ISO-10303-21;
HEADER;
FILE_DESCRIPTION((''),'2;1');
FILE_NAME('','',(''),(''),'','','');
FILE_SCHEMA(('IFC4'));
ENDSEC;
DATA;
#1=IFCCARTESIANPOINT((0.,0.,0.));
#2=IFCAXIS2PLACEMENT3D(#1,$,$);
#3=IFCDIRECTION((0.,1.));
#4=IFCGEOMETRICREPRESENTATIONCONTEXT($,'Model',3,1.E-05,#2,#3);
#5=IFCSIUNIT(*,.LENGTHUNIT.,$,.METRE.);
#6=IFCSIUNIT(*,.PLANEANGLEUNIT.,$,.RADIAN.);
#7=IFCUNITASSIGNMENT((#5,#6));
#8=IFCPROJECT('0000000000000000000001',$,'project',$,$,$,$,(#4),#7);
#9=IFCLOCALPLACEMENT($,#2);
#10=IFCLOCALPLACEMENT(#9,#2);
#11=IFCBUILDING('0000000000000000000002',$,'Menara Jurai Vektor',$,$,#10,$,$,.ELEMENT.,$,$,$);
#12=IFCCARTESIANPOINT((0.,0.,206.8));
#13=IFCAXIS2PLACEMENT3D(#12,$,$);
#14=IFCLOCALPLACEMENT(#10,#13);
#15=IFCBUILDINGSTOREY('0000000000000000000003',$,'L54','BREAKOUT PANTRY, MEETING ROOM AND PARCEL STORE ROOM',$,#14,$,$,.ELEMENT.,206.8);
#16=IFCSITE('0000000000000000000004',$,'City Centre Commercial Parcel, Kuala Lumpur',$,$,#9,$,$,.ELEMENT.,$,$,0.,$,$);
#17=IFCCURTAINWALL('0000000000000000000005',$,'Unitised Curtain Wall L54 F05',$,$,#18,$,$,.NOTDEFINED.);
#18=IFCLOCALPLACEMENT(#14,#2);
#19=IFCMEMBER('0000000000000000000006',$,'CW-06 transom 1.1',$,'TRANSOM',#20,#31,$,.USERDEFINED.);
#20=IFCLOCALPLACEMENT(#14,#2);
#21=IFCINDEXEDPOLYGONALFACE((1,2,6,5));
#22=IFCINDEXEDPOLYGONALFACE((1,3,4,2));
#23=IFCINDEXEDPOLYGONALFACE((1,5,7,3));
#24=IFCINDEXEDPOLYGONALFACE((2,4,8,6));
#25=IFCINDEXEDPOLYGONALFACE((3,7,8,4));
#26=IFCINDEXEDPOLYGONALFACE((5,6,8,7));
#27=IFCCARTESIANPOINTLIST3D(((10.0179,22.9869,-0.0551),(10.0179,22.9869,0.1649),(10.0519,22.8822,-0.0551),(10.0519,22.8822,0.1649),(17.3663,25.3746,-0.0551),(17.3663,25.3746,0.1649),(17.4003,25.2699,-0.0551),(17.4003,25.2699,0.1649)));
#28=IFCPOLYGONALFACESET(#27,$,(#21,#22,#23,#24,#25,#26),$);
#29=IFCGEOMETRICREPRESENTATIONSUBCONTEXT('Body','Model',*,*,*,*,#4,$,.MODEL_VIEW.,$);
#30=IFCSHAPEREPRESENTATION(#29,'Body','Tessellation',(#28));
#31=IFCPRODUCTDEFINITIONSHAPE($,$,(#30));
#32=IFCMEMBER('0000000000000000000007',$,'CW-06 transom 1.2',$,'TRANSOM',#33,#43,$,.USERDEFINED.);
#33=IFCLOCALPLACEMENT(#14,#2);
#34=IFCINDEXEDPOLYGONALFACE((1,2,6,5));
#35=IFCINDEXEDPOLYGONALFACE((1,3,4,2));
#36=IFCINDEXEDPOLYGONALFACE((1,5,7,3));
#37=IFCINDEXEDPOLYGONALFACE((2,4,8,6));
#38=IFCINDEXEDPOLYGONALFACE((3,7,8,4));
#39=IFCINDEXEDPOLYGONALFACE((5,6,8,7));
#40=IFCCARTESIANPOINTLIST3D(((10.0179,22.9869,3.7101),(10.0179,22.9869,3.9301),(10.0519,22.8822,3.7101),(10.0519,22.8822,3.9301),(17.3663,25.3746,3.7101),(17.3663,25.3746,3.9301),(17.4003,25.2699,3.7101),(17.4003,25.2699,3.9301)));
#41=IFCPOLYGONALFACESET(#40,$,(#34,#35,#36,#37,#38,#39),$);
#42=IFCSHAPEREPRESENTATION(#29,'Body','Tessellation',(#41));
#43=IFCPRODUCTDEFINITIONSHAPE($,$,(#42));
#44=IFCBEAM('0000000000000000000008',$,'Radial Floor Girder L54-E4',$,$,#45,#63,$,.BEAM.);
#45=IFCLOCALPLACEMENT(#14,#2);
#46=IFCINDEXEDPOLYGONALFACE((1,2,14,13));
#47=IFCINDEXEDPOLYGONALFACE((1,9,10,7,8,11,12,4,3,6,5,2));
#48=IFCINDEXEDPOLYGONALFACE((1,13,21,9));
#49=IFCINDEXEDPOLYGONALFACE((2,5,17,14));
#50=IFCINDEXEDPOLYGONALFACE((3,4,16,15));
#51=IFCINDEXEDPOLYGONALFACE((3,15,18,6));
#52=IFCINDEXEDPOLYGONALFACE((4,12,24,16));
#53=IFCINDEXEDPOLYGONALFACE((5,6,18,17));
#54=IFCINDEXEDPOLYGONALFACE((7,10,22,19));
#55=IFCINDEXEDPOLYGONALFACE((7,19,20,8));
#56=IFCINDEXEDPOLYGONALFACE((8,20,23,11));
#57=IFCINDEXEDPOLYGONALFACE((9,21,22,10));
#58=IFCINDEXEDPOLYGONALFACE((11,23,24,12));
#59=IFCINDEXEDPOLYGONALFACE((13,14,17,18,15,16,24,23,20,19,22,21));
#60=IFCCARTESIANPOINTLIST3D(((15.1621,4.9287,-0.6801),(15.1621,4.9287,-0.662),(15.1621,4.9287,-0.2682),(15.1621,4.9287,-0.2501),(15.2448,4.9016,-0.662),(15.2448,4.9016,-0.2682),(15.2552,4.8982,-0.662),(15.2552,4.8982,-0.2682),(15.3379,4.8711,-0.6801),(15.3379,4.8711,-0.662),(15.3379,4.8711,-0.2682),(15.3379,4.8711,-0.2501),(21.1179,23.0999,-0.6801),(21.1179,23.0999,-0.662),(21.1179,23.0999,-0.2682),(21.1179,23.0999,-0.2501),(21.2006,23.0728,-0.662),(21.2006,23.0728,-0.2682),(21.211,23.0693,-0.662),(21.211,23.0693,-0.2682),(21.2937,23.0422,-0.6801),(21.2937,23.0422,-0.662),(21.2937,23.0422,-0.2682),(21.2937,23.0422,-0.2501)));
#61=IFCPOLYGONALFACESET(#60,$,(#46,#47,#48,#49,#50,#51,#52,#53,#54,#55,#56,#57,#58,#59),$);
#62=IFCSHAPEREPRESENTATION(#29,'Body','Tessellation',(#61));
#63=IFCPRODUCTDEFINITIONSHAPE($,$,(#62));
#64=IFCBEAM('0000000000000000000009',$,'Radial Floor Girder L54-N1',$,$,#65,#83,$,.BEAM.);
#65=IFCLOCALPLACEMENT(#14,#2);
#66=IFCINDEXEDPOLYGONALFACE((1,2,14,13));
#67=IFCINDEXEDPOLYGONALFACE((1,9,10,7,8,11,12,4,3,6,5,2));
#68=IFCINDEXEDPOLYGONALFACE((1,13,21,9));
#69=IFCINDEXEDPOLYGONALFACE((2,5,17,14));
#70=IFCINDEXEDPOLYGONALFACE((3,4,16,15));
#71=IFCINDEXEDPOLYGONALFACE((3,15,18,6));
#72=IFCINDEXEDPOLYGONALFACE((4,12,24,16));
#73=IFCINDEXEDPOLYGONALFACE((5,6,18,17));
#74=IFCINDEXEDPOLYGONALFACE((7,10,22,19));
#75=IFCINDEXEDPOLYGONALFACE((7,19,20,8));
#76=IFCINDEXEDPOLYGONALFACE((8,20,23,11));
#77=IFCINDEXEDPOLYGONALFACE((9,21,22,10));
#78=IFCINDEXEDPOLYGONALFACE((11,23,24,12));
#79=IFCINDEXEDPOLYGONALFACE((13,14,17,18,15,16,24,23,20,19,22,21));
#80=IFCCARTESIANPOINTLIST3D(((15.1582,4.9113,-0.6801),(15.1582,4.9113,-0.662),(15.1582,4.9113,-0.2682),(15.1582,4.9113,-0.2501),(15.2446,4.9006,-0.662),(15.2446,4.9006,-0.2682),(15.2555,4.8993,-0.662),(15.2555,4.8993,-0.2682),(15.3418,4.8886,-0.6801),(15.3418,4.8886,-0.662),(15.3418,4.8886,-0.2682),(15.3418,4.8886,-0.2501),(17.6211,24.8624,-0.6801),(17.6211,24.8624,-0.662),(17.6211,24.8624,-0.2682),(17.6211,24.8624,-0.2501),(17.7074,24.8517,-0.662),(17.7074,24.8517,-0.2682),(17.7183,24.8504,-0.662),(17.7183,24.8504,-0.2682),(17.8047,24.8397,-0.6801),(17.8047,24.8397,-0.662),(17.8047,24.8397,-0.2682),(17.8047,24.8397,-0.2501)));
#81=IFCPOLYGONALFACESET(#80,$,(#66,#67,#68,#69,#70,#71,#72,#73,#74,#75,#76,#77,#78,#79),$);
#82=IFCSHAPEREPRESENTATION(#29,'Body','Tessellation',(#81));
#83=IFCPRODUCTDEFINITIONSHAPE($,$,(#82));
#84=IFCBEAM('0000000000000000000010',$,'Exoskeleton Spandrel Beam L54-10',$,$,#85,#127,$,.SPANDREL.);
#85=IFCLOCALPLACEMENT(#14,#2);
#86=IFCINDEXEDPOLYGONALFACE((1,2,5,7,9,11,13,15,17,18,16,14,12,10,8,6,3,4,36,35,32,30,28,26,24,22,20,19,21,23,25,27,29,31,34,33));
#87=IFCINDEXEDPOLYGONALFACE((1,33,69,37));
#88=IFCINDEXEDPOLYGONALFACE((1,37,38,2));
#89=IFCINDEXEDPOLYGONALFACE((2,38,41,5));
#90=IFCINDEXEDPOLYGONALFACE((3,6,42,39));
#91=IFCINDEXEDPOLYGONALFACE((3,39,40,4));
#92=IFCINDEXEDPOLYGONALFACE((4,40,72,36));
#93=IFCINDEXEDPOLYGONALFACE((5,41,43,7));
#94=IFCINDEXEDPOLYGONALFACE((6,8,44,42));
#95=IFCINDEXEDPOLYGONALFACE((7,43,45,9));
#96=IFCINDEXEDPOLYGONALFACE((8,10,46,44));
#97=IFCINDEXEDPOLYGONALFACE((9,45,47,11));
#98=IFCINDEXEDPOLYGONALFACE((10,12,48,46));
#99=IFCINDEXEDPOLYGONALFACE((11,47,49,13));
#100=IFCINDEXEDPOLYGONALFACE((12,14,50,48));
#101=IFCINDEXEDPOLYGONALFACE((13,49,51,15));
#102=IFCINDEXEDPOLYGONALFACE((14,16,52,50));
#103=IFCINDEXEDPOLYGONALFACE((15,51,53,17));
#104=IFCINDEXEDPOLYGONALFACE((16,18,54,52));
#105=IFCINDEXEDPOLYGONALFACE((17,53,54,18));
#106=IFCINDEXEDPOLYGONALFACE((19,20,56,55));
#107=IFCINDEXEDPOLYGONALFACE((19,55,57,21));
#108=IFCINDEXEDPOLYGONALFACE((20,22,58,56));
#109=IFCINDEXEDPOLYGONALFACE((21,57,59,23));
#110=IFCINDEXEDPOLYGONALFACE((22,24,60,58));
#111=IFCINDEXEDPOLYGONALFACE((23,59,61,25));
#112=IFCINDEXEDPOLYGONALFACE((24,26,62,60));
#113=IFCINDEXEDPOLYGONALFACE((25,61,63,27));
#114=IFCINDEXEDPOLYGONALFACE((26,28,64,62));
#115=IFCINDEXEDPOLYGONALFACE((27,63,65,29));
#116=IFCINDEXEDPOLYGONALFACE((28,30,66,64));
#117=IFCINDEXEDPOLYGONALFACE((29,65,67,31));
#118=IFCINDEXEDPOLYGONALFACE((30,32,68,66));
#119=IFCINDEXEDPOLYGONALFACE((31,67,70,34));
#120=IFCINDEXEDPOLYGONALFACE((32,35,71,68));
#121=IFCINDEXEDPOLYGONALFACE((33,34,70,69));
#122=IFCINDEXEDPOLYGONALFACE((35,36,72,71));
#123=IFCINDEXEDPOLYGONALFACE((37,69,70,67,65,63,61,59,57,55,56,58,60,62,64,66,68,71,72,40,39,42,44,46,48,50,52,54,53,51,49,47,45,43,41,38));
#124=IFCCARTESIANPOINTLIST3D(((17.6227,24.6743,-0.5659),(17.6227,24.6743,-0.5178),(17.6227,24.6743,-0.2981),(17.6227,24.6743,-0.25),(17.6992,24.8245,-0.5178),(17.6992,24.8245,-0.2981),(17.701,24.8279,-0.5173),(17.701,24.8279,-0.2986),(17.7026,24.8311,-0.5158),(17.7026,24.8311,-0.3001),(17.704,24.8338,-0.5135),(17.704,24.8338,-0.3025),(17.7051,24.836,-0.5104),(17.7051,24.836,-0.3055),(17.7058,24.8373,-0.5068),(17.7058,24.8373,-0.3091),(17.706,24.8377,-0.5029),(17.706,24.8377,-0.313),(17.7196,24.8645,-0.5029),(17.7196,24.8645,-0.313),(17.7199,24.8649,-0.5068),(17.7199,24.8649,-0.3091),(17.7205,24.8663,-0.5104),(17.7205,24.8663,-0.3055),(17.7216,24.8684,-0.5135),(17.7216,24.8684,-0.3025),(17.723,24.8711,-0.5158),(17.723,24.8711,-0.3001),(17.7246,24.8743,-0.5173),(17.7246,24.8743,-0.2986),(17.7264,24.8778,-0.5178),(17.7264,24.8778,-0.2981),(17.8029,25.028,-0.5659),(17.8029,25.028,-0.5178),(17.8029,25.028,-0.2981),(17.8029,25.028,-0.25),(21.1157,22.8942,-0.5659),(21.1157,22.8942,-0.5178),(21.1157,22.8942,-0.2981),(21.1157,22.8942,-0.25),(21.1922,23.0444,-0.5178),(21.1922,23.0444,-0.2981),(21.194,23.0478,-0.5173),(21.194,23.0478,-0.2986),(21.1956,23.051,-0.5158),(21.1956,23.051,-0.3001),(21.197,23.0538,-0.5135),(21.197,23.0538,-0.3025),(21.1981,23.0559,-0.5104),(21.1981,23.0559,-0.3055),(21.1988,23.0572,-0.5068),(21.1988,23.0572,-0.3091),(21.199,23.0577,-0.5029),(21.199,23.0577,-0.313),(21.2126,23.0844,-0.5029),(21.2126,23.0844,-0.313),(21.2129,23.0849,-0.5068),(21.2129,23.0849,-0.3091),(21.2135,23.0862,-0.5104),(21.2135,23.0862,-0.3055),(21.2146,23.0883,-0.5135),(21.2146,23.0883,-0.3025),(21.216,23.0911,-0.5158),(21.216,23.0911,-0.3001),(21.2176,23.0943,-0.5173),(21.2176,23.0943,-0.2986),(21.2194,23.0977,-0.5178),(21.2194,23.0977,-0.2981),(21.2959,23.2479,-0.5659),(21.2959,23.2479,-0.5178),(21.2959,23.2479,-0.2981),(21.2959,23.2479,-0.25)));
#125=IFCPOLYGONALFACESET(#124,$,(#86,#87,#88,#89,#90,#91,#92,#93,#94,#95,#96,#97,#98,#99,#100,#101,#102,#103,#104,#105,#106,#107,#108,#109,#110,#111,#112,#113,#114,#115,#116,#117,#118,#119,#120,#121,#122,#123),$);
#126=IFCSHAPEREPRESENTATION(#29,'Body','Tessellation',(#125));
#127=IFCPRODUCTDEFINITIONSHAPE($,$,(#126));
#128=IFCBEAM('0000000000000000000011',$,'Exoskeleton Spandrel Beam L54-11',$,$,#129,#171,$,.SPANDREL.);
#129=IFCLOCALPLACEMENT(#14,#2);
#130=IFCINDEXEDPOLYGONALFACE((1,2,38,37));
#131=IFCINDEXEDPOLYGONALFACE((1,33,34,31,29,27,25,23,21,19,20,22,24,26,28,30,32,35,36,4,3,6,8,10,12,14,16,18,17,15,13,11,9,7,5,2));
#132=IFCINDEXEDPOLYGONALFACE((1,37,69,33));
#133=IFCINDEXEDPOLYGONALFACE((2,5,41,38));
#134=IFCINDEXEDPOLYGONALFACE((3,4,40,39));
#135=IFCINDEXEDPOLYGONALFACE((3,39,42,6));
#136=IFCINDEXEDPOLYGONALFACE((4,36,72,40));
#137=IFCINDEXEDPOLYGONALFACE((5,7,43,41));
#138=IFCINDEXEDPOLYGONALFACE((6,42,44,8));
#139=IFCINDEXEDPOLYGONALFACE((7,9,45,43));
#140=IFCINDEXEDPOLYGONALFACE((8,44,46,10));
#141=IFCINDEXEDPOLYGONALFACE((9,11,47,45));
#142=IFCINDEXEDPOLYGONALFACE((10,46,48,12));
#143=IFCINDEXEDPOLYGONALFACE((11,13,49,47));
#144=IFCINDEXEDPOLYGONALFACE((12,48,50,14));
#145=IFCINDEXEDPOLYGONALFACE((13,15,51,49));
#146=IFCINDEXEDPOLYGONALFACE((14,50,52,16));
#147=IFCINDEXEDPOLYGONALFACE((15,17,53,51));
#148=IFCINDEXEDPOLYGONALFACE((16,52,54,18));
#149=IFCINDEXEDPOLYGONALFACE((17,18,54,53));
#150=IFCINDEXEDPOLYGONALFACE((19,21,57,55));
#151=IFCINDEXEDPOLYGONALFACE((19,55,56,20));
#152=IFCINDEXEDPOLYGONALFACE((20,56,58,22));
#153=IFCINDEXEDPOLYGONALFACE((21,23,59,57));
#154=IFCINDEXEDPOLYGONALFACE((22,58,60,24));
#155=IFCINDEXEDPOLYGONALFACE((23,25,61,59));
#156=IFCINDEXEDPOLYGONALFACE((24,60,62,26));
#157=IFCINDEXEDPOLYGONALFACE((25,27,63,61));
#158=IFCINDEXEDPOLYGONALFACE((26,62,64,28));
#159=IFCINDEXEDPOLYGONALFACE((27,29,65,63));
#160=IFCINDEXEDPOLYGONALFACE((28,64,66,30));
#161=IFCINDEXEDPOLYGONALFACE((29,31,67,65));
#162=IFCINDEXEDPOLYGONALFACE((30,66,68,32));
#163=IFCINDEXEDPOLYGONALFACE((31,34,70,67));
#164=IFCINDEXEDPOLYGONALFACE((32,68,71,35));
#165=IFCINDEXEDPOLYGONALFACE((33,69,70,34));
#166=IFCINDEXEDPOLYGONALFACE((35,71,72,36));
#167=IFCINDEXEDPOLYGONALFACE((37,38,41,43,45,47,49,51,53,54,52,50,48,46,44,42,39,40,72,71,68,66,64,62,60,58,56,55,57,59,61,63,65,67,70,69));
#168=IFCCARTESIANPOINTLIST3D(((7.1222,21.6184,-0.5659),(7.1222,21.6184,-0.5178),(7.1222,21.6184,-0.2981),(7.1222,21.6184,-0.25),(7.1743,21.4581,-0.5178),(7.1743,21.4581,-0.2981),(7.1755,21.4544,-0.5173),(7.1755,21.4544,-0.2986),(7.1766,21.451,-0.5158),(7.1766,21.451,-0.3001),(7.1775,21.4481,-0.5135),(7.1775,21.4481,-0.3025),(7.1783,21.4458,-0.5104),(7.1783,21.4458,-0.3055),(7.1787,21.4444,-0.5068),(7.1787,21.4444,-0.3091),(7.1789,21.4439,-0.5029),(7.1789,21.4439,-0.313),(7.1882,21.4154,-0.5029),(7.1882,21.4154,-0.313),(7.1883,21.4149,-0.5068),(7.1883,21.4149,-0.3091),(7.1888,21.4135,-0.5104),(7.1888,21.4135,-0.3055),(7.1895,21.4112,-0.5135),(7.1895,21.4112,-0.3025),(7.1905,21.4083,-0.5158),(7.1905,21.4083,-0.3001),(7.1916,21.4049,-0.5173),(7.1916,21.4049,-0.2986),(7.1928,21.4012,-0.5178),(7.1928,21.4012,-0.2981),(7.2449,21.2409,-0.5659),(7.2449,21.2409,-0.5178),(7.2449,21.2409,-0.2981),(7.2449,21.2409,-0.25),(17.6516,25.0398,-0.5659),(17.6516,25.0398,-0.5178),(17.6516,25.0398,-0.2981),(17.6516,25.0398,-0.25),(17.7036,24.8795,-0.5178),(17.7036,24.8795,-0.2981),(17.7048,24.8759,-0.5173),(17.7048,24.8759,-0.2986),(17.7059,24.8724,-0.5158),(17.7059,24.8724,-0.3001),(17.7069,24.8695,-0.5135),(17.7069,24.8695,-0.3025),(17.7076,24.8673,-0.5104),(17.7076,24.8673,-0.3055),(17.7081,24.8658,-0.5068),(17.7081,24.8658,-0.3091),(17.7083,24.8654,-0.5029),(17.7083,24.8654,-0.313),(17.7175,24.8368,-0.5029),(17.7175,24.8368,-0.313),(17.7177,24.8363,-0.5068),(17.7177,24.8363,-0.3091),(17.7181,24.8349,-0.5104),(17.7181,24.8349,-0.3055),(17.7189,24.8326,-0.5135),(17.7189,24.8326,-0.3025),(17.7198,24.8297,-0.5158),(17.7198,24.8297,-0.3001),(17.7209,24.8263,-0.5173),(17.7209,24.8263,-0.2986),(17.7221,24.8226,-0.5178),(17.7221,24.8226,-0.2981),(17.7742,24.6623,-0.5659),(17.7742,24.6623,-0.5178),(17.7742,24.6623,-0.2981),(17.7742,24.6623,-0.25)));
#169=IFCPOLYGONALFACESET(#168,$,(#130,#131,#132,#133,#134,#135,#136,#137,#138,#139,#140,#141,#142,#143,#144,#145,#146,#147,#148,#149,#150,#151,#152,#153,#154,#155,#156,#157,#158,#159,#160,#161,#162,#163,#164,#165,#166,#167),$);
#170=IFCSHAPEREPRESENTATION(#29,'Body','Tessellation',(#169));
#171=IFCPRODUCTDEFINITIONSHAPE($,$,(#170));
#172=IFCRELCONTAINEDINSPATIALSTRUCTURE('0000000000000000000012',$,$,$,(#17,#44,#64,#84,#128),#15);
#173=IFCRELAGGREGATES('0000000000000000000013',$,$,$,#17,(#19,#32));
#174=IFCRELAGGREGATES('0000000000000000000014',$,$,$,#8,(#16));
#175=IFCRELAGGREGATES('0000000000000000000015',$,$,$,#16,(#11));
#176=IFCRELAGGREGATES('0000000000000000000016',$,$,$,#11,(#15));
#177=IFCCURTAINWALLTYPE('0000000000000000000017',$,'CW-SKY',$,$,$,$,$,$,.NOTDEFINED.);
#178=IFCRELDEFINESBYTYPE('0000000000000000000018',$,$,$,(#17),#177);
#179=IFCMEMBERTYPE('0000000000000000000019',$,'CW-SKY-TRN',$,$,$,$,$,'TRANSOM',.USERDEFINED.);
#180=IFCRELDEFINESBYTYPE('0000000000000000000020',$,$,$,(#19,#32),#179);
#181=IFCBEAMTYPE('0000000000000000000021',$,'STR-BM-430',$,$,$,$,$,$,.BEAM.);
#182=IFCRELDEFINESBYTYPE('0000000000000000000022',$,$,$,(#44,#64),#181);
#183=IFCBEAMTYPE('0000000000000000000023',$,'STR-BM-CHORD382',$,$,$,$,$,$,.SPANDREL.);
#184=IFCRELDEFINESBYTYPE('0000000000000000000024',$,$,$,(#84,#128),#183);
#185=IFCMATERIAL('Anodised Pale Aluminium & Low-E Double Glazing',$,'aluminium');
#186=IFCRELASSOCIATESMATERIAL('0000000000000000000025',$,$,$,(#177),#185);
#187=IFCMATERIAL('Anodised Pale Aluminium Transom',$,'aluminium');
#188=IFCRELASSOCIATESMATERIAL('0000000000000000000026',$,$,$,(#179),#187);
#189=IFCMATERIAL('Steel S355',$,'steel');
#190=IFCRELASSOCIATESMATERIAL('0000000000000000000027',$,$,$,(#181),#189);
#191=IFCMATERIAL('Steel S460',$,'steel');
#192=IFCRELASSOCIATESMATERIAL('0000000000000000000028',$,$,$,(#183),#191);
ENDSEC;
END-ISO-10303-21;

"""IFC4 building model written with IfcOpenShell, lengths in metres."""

from ifc_helpers import new_model, si_unit, direction, frame, origin, origin_2d, place, context, subcontext, project, spatial, rectangle, i_section, extrude, material, material_profile, profile_set, type_object, element, aggregate, save


model = new_model("IFC4")

# Units and contexts
model_context = context("Model", 3, precision=1e-05, world=origin(), true_north=direction((0.0, 1.0)))
body_context = subcontext(model_context, "Body", "Model", "MODEL_VIEW")
ifc_project = project(units=[si_unit("LENGTHUNIT", "METRE"), si_unit("PLANEANGLEUNIT", "RADIAN")], contexts=[model_context])

# Site, building, storey
site_placement = place(None, origin())
site = spatial("IfcSite", under=ifc_project, at=site_placement, Name="City Centre Commercial Parcel, Kuala Lumpur", CompositionType="ELEMENT", RefElevation=0.0)
building_placement = place(site_placement, origin())
building = spatial("IfcBuilding", under=site, at=building_placement, Name="Menara Jurai Vektor", CompositionType="ELEMENT")
storey_placement = place(building_placement, frame((0.0, 0.0, 206.8)))
storey = spatial("IfcBuildingStorey", under=building, at=storey_placement, Name="L54", Description="BREAKOUT PANTRY, MEETING ROOM AND PARCEL STORE ROOM", CompositionType="ELEMENT", Elevation=206.8)

# Shared definitions
ifc_material_1 = material(Name="Steel S460", Category="steel")

# Shared definitions
ifc_material_2 = material(Name="Anodised Pale Aluminium & Low-E Double Glazing", Category="aluminium")
curtain_wall_type = type_object("IfcCurtainWallType", Name="CW-SKY", PredefinedType="NOTDEFINED", material=ifc_material_2)

# Curtain wall
curtain_wall_1_placement = place(storey_placement, origin())
curtain_wall_1 = element("IfcCurtainWall", 1, at=curtain_wall_1_placement, inside=storey, type_object=curtain_wall_type, Name="Unitised Curtain Wall L54 F05", PredefinedType="NOTDEFINED")

# Members
ifc_material_3 = material(Name="Anodised Pale Aluminium Transom", Category="aluminium")
ifc_material_profile_1 = material_profile(ifc_material_3, rectangle(XDim=0.1101, YDim=0.22, at=origin_2d()), Name="ALU TRN 110x220")
ifc_profile_set_1 = profile_set([ifc_material_profile_1], Name="Anodised Pale Aluminium Transom")
member_type_1 = type_object("IfcMemberType", Name="CW-SKY-TRN", ElementType="TRANSOM", PredefinedType="USERDEFINED", material=ifc_profile_set_1)
member_1_placement = place(storey_placement, frame((17.3833, 25.3223, 0.0549), z_axis=(-0.951054, -0.309024, 0.0), x_axis=(0.309024, -0.951054, 0.0)))
member_1 = element("IfcMember", 2, at=member_1_placement, type_object=member_type_1, Name="CW-06 transom 1.1", ObjectType="TRANSOM", PredefinedType="USERDEFINED", context=body_context, shape_type="SweptSolid", body=[
    extrude(rectangle(XDim=0.1101, YDim=0.22, at=origin_2d()), origin(), (0.0, 0.0, 1.0), 7.7266),
])
member_2_placement = place(storey_placement, frame((17.3833, 25.3223, 3.8201), z_axis=(-0.951054, -0.309024, 0.0), x_axis=(0.309024, -0.951054, 0.0)))
member_2 = element("IfcMember", 3, at=member_2_placement, type_object=member_type_1, Name="CW-06 transom 1.2", ObjectType="TRANSOM", PredefinedType="USERDEFINED", context=body_context, shape_type="SweptSolid", body=[
    extrude(rectangle(XDim=0.1101, YDim=0.22, at=origin_2d()), origin(), (0.0, 0.0, 1.0), 7.7266),
])
aggregate(curtain_wall_1, [member_1, member_2])

# Beams
ifc_material_4 = material(Name="Steel S355", Category="steel")
ifc_material_profile_2 = material_profile(ifc_material_4, i_section(OverallWidth=0.1851, OverallDepth=0.4299, WebThickness=0.011, FlangeThickness=0.0181, at=origin_2d()), Name="PG 430x185x76")
ifc_profile_set_2 = profile_set([ifc_material_profile_2], Name="Steel S355")
beam_type_1 = type_object("IfcBeamType", Name="STR-BM-430", PredefinedType="BEAM", material=ifc_profile_set_2)
beam_1_placement = place(storey_placement, frame((21.2058, 23.071, -0.4651), z_axis=(-0.311459, -0.95026, 0.0), x_axis=(0.95026, -0.311459, 0.0)))
element("IfcBeam", 4, at=beam_1_placement, inside=storey, type_object=beam_type_1, Name="Radial Floor Girder L54-E4", PredefinedType="BEAM", context=body_context, shape_type="SweptSolid", body=[
    extrude(i_section(OverallWidth=0.1851, OverallDepth=0.4299, WebThickness=0.011, FlangeThickness=0.0181, at=origin_2d()), origin(), (0.0, 0.0, 1.0), 19.1223),
])
beam_2_placement = place(storey_placement, frame((17.7129, 24.8511, -0.4651), z_axis=(-0.122516, -0.992467, 0.0), x_axis=(0.992467, -0.122516, 0.0)))
element("IfcBeam", 5, at=beam_2_placement, inside=storey, type_object=beam_type_1, Name="Radial Floor Girder L54-N1", PredefinedType="BEAM", context=body_context, shape_type="SweptSolid", body=[
    extrude(i_section(OverallWidth=0.1851, OverallDepth=0.4299, WebThickness=0.011, FlangeThickness=0.0181, at=origin_2d()), origin(), (0.0, 0.0, 1.0), 20.1025),
])
ifc_material_profile_3 = material_profile(ifc_material_1, i_section(OverallWidth=0.397, OverallDepth=0.3159, WebThickness=0.03, FlangeThickness=0.0481, FilletRadius=0.0149, at=origin_2d()), Name="HD 400x382")
ifc_profile_set_3 = profile_set([ifc_material_profile_3], Name="Steel S460")
beam_type_2 = type_object("IfcBeamType", Name="STR-BM-CHORD382", PredefinedType="SPANDREL", material=ifc_profile_set_3)
beam_3_placement = place(storey_placement, frame((21.2058, 23.071, -0.408), z_axis=(-0.890976, 0.454051, 0.0), x_axis=(-0.454051, -0.890976, 0.0)))
element("IfcBeam", 6, at=beam_3_placement, inside=storey, type_object=beam_type_2, Name="Exoskeleton Spandrel Beam L54-10", PredefinedType="SPANDREL", context=body_context, shape_type="SweptSolid", body=[
    extrude(i_section(OverallWidth=0.397, OverallDepth=0.3159, WebThickness=0.03, FlangeThickness=0.0481, FilletRadius=0.0149, at=origin_2d()), origin(), (0.0, 0.0, 1.0), 3.9204),
])
beam_4_placement = place(storey_placement, frame((17.7129, 24.8511, -0.408), z_axis=(-0.951051, -0.309034, 0.0), x_axis=(0.309034, -0.951051, 0.0)))
element("IfcBeam", 7, at=beam_4_placement, inside=storey, type_object=beam_type_2, Name="Exoskeleton Spandrel Beam L54-11", PredefinedType="SPANDREL", context=body_context, shape_type="SweptSolid", body=[
    extrude(i_section(OverallWidth=0.397, OverallDepth=0.3159, WebThickness=0.03, FlangeThickness=0.0481, FilletRadius=0.0149, at=origin_2d()), origin(), (0.0, 0.0, 1.0), 11.0713),
])

save(model, "model.ifc")
